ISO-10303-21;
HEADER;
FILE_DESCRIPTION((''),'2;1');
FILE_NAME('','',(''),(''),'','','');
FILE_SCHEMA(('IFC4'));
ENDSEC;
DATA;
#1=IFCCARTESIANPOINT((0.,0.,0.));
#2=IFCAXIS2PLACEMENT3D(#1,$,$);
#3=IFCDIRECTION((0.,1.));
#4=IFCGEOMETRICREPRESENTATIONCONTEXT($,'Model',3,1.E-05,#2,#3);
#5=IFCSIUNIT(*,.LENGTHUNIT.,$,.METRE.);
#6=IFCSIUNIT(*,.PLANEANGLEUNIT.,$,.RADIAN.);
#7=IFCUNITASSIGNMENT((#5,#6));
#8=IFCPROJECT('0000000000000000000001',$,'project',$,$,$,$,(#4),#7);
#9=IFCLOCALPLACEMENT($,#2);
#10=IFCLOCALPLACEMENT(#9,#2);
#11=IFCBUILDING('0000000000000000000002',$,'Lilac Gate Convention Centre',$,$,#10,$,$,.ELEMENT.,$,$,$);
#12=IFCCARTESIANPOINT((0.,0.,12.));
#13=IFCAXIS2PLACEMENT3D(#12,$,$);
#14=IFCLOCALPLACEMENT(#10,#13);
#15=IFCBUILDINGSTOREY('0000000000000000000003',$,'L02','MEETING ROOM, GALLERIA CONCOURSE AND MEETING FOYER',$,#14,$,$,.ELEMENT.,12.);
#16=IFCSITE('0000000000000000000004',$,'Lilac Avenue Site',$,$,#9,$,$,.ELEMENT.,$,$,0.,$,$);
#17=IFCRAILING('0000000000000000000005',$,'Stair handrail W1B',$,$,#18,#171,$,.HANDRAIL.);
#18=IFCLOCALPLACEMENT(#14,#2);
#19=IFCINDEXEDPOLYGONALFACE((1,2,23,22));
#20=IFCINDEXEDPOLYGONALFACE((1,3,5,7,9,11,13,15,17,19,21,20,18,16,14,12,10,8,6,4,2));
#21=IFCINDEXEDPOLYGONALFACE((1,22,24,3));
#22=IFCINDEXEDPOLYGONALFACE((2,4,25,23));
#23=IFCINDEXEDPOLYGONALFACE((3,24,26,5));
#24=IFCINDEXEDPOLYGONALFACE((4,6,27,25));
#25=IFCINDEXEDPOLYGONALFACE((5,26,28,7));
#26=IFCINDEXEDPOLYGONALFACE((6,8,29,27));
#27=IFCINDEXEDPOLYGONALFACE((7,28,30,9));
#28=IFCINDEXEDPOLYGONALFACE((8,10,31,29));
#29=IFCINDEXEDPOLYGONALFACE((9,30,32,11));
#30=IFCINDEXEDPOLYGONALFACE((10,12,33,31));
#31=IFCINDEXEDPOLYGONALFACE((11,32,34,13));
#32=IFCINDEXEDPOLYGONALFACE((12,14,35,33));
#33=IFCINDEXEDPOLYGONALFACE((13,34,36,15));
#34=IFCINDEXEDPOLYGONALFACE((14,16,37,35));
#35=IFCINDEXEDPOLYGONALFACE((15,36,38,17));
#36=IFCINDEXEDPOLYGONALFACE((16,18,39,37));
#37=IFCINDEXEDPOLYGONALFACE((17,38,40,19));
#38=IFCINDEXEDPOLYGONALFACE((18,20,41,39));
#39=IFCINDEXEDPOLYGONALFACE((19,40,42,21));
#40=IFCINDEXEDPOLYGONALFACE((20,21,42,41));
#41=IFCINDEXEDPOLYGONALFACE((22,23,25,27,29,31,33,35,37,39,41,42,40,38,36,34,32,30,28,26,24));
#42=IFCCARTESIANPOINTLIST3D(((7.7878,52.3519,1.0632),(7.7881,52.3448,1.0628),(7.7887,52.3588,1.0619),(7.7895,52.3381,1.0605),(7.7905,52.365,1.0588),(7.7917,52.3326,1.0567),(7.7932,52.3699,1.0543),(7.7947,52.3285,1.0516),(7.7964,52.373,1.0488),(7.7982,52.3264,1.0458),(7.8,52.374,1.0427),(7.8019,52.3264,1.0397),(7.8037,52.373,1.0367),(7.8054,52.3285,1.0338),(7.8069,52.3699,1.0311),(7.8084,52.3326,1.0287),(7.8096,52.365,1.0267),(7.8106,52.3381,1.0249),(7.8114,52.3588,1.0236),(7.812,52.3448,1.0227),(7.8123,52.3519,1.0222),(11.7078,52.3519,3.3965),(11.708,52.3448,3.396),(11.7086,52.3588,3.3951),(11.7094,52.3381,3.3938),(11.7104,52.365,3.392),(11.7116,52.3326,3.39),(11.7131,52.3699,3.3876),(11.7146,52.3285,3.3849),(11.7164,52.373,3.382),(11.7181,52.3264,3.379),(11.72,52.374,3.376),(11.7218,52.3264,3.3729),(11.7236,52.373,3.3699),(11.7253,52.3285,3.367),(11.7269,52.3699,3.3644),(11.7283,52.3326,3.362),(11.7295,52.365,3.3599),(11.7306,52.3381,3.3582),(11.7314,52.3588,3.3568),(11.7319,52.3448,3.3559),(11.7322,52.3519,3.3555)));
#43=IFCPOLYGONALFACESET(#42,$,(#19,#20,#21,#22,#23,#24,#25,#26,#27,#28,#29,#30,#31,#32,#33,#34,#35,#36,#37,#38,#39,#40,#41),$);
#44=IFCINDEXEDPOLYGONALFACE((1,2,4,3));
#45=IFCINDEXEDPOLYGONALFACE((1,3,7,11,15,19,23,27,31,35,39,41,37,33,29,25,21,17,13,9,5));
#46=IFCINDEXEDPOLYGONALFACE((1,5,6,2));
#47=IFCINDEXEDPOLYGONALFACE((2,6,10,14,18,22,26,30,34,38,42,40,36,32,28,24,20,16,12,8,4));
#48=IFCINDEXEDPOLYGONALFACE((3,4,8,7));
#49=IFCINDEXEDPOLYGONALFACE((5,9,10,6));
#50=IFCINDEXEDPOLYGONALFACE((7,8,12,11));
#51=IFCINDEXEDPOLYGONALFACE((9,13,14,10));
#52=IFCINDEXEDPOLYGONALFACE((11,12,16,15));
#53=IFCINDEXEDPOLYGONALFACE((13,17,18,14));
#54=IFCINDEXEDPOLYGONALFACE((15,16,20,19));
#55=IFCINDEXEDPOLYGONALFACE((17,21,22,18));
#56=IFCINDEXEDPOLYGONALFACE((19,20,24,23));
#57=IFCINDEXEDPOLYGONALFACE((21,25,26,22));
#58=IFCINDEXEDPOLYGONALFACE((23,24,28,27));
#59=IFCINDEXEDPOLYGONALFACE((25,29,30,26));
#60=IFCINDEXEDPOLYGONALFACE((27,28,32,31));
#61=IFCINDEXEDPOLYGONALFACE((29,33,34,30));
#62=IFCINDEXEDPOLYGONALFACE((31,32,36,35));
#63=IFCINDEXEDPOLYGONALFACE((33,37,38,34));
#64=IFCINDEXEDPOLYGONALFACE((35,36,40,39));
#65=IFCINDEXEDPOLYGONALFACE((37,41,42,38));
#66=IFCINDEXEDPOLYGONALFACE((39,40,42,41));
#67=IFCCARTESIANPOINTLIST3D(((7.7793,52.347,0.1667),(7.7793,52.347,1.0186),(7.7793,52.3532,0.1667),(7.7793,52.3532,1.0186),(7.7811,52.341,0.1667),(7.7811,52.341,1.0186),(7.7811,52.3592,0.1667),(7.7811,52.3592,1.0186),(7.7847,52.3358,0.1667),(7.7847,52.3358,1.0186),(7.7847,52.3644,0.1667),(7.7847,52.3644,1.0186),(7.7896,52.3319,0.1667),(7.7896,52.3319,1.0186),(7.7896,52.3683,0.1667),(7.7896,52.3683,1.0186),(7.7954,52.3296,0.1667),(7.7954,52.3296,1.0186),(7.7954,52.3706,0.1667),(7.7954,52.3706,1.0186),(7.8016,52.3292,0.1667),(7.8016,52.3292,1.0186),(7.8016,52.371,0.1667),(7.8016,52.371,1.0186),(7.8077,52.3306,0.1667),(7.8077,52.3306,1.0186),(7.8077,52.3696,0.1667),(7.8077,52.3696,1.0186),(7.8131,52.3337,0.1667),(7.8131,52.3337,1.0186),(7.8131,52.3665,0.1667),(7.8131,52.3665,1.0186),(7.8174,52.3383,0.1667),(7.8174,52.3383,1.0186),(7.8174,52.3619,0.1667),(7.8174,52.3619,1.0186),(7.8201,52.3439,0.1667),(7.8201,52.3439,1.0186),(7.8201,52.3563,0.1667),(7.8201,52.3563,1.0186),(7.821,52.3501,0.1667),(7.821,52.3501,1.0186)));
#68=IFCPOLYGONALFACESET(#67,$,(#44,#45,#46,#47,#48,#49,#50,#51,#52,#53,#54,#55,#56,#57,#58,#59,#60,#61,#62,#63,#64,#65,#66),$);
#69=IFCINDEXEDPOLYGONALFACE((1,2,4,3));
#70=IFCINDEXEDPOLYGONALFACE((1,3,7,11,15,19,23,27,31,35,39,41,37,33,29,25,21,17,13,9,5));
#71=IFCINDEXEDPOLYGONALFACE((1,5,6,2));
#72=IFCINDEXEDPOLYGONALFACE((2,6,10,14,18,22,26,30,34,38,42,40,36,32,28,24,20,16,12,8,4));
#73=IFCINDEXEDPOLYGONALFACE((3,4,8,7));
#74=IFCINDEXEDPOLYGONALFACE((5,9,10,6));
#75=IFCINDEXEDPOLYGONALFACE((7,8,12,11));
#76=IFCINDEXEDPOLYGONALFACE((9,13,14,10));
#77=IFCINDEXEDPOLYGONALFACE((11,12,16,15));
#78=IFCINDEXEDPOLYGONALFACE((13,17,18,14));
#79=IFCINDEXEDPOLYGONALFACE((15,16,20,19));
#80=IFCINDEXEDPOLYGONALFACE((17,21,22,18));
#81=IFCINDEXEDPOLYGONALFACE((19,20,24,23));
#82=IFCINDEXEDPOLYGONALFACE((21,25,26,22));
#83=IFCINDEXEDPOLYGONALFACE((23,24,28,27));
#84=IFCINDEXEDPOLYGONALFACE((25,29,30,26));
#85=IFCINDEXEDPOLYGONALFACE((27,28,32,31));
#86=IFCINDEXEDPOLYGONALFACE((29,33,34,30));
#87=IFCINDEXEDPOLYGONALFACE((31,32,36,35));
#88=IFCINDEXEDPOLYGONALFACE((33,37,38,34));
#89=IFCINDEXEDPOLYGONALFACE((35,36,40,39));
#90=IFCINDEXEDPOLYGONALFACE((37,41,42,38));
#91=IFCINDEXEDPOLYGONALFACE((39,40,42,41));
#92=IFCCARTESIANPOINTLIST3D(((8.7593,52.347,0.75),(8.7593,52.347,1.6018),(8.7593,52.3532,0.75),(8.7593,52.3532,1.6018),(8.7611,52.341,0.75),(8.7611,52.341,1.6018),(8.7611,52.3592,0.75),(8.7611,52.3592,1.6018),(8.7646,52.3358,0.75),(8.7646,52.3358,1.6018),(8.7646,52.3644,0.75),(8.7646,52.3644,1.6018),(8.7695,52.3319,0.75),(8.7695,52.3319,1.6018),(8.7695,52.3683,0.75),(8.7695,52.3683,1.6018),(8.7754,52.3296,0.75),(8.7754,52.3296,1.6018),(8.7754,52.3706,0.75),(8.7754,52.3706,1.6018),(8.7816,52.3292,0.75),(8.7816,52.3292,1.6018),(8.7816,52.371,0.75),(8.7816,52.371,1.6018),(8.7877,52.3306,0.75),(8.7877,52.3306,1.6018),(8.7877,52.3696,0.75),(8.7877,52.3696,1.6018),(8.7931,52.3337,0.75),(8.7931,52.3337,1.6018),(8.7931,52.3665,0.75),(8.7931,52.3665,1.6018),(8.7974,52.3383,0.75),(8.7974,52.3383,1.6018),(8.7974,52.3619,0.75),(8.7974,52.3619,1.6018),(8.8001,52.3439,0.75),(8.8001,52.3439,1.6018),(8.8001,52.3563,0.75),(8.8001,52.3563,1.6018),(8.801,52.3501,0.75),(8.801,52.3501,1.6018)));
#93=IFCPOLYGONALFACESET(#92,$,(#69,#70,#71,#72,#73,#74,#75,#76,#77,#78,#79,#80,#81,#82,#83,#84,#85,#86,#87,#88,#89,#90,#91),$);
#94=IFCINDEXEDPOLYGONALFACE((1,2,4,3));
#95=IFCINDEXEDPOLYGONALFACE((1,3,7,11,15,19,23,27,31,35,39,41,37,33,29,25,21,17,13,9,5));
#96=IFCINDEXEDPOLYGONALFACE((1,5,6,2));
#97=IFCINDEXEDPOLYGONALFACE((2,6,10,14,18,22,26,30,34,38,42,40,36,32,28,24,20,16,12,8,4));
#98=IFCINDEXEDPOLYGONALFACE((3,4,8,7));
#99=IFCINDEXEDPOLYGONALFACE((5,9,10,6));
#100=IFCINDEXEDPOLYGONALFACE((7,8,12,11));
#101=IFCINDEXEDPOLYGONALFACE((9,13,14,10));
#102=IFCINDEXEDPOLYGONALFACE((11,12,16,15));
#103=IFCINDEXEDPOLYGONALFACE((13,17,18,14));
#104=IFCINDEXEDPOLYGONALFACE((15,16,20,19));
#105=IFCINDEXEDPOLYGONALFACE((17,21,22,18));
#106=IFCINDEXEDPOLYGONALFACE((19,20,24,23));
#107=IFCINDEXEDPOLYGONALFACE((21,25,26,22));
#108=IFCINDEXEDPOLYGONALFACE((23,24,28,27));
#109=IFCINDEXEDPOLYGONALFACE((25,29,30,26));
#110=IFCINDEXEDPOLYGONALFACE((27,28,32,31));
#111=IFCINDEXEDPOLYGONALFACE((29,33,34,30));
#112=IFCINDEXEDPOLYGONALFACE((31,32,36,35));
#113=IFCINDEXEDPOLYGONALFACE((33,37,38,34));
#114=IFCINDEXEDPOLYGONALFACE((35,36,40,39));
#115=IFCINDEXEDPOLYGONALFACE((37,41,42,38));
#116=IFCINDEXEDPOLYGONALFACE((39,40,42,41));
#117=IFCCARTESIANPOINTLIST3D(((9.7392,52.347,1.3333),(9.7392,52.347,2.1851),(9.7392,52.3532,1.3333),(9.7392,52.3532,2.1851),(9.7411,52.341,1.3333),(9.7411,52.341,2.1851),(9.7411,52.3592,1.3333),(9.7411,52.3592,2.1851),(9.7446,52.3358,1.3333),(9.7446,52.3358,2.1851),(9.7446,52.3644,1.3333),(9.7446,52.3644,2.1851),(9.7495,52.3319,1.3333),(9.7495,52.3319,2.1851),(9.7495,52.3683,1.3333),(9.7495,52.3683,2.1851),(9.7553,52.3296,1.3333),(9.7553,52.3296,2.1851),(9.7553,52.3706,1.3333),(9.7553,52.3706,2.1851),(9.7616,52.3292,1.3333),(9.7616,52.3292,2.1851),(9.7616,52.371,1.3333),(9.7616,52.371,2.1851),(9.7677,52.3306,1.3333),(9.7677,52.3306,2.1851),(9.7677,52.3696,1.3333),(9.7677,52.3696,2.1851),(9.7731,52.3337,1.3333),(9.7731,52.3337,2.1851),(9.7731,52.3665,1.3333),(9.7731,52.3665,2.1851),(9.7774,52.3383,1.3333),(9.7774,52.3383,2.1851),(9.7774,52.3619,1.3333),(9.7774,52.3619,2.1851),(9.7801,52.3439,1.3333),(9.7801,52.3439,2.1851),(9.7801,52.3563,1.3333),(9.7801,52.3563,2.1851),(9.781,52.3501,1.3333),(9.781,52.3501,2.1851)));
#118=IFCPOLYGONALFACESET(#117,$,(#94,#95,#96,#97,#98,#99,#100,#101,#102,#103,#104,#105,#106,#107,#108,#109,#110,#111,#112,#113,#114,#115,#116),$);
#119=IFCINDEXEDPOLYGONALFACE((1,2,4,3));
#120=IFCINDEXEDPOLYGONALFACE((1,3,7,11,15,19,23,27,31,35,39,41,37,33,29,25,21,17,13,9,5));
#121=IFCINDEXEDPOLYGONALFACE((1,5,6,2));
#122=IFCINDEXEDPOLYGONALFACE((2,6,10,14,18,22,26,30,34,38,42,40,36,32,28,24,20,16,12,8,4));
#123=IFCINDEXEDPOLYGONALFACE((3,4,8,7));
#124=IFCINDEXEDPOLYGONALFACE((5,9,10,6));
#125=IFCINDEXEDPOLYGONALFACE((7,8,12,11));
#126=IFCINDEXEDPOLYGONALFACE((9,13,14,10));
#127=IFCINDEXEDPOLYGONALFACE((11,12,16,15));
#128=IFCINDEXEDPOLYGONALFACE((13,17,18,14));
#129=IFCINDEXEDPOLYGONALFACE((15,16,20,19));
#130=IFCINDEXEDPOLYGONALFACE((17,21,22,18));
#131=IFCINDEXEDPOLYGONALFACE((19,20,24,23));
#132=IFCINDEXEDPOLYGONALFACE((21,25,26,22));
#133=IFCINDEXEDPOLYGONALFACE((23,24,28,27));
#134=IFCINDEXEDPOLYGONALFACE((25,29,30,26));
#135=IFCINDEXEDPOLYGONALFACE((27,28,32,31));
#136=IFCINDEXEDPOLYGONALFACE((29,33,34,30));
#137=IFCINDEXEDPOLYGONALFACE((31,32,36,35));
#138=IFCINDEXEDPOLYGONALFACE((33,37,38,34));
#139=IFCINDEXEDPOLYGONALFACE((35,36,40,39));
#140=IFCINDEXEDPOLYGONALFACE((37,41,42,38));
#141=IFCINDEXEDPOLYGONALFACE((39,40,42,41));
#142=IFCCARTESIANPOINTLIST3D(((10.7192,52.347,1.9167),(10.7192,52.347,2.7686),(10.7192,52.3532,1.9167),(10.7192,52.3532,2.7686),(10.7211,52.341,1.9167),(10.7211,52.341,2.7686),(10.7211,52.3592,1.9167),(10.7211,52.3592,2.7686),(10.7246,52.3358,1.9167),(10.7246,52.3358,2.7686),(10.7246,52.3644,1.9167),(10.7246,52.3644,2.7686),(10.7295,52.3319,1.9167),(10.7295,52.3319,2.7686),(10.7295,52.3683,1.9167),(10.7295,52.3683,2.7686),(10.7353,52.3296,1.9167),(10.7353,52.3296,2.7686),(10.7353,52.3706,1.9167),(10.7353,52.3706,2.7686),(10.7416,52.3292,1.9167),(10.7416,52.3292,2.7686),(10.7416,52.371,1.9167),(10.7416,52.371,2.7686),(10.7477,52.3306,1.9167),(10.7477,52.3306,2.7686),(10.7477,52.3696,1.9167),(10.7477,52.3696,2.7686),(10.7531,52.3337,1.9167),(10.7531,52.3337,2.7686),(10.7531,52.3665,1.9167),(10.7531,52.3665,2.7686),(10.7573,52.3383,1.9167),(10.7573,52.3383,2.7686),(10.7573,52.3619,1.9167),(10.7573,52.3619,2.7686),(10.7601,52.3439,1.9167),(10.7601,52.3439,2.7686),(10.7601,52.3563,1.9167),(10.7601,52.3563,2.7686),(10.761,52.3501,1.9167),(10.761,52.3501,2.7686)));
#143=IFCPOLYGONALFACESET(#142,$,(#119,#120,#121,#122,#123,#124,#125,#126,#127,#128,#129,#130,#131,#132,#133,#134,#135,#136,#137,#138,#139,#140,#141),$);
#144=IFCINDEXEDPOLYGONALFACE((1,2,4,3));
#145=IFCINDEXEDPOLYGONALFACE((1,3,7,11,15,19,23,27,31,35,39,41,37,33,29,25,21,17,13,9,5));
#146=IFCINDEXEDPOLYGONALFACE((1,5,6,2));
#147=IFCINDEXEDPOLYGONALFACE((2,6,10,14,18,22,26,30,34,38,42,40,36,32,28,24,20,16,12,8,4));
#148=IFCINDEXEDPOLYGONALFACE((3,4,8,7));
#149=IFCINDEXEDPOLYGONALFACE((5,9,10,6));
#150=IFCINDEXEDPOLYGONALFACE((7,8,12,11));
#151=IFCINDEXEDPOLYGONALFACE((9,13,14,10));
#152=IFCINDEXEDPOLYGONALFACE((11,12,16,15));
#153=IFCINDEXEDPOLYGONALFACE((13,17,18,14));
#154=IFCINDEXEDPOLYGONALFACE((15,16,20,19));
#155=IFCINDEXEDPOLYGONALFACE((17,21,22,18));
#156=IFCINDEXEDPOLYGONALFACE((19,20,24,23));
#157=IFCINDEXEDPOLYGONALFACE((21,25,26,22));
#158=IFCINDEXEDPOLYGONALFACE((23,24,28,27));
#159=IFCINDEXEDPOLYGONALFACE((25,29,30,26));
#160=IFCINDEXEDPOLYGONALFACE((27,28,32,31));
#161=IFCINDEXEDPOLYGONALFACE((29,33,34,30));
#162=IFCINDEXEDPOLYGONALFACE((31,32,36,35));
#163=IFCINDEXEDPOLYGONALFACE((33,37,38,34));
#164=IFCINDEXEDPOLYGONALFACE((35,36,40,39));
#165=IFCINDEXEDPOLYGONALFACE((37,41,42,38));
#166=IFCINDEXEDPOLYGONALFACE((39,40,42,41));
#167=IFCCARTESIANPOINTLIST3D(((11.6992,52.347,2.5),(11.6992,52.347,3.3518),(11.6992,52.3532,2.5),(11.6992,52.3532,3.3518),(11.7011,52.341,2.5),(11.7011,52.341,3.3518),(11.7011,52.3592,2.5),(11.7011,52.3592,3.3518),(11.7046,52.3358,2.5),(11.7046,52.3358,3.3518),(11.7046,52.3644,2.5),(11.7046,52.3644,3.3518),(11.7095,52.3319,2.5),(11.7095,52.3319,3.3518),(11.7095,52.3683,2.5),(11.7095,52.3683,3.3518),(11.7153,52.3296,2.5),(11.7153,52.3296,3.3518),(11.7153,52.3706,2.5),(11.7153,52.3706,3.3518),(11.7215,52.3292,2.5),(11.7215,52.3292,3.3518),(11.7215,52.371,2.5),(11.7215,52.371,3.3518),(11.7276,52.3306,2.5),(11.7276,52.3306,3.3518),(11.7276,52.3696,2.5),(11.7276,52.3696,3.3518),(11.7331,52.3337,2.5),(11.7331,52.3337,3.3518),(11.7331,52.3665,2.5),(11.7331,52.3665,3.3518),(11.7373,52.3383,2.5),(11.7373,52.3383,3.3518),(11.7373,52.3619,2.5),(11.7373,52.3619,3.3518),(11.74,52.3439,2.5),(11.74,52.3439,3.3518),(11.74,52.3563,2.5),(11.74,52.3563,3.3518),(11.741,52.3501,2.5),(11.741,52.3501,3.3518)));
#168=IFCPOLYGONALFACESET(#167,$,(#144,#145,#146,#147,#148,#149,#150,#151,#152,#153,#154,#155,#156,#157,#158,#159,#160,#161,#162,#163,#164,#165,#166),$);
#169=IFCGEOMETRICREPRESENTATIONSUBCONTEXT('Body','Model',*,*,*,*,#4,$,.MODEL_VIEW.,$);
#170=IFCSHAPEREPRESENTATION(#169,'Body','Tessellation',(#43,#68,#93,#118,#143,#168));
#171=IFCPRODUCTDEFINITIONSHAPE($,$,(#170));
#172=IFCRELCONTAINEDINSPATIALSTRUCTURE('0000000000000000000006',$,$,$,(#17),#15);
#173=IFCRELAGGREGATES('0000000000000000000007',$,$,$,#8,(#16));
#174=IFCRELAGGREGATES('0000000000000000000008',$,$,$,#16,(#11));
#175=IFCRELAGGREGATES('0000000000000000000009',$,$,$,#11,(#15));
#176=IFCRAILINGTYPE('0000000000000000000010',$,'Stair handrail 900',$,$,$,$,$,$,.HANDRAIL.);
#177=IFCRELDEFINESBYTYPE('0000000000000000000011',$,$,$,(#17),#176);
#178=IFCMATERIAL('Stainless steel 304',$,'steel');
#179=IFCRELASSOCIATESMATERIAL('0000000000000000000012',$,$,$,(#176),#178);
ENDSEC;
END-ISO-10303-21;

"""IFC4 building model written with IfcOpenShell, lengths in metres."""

from ifc_helpers import new_model, si_unit, direction, frame, origin, origin_2d, place, context, subcontext, project, spatial, circle, extrude, material, type_object, element, save


model = new_model("IFC4")

# Units and contexts
model_context = context("Model", 3, precision=1e-05, world=origin(), true_north=direction((0.0, 1.0)))
body_context = subcontext(model_context, "Body", "Model", "MODEL_VIEW")
ifc_project = project(units=[si_unit("LENGTHUNIT", "METRE"), si_unit("PLANEANGLEUNIT", "RADIAN")], contexts=[model_context])

# Site, building, storey
site_placement = place(None, origin())
site = spatial("IfcSite", under=ifc_project, at=site_placement, Name="Lilac Avenue Site", CompositionType="ELEMENT", RefElevation=0.0)
building_placement = place(site_placement, origin())
building = spatial("IfcBuilding", under=site, at=building_placement, Name="Lilac Gate Convention Centre", CompositionType="ELEMENT")
storey_placement = place(building_placement, frame((0.0, 0.0, 12.0)))
storey = spatial("IfcBuildingStorey", under=building, at=storey_placement, Name="L02", Description="MEETING ROOM, GALLERIA CONCOURSE AND MEETING FOYER", CompositionType="ELEMENT", Elevation=12.0)

# Railing
ifc_material_1 = material(Name="Stainless steel 304", Category="steel")
railing_type = type_object("IfcRailingType", Name="Stair handrail 900", PredefinedType="HANDRAIL", material=ifc_material_1)
for number, where, name in (
    (1, (7.8, 52.3501, 0.1667), "Stair handrail W1B"),
):
    element("IfcRailing", number, at=place(storey_placement, frame(where)), inside=storey, type_object=railing_type, Name=name, PredefinedType="HANDRAIL", context=body_context, shape_type="SweptSolid", body=[
        extrude(circle(Radius=0.0239, at=origin_2d()), frame((0.0, 0.0, 0.876), z_axis=(0.859296, 0.0, 0.511478), x_axis=(0.0, 1.0, 0.0)), (0.0, 0.0, 1.0), 4.5618),
        extrude(circle(Radius=0.021, at=origin_2d()), origin(), (0.0, 0.0, 1.0), 0.8518),
        extrude(circle(Radius=0.021, at=origin_2d()), frame((0.98, 0.0, 0.5833)), (0.0, 0.0, 1.0), 0.8518),
        extrude(circle(Radius=0.021, at=origin_2d()), frame((1.96, 0.0, 1.1665)), (0.0, 0.0, 1.0), 0.8518),
        extrude(circle(Radius=0.021, at=origin_2d()), frame((2.9399, 0.0, 1.75)), (0.0, 0.0, 1.0), 0.8518),
        extrude(circle(Radius=0.021, at=origin_2d()), frame((3.9199, 0.0, 2.3333)), (0.0, 0.0, 1.0), 0.8518),
    ])

save(model, "model.ifc")
